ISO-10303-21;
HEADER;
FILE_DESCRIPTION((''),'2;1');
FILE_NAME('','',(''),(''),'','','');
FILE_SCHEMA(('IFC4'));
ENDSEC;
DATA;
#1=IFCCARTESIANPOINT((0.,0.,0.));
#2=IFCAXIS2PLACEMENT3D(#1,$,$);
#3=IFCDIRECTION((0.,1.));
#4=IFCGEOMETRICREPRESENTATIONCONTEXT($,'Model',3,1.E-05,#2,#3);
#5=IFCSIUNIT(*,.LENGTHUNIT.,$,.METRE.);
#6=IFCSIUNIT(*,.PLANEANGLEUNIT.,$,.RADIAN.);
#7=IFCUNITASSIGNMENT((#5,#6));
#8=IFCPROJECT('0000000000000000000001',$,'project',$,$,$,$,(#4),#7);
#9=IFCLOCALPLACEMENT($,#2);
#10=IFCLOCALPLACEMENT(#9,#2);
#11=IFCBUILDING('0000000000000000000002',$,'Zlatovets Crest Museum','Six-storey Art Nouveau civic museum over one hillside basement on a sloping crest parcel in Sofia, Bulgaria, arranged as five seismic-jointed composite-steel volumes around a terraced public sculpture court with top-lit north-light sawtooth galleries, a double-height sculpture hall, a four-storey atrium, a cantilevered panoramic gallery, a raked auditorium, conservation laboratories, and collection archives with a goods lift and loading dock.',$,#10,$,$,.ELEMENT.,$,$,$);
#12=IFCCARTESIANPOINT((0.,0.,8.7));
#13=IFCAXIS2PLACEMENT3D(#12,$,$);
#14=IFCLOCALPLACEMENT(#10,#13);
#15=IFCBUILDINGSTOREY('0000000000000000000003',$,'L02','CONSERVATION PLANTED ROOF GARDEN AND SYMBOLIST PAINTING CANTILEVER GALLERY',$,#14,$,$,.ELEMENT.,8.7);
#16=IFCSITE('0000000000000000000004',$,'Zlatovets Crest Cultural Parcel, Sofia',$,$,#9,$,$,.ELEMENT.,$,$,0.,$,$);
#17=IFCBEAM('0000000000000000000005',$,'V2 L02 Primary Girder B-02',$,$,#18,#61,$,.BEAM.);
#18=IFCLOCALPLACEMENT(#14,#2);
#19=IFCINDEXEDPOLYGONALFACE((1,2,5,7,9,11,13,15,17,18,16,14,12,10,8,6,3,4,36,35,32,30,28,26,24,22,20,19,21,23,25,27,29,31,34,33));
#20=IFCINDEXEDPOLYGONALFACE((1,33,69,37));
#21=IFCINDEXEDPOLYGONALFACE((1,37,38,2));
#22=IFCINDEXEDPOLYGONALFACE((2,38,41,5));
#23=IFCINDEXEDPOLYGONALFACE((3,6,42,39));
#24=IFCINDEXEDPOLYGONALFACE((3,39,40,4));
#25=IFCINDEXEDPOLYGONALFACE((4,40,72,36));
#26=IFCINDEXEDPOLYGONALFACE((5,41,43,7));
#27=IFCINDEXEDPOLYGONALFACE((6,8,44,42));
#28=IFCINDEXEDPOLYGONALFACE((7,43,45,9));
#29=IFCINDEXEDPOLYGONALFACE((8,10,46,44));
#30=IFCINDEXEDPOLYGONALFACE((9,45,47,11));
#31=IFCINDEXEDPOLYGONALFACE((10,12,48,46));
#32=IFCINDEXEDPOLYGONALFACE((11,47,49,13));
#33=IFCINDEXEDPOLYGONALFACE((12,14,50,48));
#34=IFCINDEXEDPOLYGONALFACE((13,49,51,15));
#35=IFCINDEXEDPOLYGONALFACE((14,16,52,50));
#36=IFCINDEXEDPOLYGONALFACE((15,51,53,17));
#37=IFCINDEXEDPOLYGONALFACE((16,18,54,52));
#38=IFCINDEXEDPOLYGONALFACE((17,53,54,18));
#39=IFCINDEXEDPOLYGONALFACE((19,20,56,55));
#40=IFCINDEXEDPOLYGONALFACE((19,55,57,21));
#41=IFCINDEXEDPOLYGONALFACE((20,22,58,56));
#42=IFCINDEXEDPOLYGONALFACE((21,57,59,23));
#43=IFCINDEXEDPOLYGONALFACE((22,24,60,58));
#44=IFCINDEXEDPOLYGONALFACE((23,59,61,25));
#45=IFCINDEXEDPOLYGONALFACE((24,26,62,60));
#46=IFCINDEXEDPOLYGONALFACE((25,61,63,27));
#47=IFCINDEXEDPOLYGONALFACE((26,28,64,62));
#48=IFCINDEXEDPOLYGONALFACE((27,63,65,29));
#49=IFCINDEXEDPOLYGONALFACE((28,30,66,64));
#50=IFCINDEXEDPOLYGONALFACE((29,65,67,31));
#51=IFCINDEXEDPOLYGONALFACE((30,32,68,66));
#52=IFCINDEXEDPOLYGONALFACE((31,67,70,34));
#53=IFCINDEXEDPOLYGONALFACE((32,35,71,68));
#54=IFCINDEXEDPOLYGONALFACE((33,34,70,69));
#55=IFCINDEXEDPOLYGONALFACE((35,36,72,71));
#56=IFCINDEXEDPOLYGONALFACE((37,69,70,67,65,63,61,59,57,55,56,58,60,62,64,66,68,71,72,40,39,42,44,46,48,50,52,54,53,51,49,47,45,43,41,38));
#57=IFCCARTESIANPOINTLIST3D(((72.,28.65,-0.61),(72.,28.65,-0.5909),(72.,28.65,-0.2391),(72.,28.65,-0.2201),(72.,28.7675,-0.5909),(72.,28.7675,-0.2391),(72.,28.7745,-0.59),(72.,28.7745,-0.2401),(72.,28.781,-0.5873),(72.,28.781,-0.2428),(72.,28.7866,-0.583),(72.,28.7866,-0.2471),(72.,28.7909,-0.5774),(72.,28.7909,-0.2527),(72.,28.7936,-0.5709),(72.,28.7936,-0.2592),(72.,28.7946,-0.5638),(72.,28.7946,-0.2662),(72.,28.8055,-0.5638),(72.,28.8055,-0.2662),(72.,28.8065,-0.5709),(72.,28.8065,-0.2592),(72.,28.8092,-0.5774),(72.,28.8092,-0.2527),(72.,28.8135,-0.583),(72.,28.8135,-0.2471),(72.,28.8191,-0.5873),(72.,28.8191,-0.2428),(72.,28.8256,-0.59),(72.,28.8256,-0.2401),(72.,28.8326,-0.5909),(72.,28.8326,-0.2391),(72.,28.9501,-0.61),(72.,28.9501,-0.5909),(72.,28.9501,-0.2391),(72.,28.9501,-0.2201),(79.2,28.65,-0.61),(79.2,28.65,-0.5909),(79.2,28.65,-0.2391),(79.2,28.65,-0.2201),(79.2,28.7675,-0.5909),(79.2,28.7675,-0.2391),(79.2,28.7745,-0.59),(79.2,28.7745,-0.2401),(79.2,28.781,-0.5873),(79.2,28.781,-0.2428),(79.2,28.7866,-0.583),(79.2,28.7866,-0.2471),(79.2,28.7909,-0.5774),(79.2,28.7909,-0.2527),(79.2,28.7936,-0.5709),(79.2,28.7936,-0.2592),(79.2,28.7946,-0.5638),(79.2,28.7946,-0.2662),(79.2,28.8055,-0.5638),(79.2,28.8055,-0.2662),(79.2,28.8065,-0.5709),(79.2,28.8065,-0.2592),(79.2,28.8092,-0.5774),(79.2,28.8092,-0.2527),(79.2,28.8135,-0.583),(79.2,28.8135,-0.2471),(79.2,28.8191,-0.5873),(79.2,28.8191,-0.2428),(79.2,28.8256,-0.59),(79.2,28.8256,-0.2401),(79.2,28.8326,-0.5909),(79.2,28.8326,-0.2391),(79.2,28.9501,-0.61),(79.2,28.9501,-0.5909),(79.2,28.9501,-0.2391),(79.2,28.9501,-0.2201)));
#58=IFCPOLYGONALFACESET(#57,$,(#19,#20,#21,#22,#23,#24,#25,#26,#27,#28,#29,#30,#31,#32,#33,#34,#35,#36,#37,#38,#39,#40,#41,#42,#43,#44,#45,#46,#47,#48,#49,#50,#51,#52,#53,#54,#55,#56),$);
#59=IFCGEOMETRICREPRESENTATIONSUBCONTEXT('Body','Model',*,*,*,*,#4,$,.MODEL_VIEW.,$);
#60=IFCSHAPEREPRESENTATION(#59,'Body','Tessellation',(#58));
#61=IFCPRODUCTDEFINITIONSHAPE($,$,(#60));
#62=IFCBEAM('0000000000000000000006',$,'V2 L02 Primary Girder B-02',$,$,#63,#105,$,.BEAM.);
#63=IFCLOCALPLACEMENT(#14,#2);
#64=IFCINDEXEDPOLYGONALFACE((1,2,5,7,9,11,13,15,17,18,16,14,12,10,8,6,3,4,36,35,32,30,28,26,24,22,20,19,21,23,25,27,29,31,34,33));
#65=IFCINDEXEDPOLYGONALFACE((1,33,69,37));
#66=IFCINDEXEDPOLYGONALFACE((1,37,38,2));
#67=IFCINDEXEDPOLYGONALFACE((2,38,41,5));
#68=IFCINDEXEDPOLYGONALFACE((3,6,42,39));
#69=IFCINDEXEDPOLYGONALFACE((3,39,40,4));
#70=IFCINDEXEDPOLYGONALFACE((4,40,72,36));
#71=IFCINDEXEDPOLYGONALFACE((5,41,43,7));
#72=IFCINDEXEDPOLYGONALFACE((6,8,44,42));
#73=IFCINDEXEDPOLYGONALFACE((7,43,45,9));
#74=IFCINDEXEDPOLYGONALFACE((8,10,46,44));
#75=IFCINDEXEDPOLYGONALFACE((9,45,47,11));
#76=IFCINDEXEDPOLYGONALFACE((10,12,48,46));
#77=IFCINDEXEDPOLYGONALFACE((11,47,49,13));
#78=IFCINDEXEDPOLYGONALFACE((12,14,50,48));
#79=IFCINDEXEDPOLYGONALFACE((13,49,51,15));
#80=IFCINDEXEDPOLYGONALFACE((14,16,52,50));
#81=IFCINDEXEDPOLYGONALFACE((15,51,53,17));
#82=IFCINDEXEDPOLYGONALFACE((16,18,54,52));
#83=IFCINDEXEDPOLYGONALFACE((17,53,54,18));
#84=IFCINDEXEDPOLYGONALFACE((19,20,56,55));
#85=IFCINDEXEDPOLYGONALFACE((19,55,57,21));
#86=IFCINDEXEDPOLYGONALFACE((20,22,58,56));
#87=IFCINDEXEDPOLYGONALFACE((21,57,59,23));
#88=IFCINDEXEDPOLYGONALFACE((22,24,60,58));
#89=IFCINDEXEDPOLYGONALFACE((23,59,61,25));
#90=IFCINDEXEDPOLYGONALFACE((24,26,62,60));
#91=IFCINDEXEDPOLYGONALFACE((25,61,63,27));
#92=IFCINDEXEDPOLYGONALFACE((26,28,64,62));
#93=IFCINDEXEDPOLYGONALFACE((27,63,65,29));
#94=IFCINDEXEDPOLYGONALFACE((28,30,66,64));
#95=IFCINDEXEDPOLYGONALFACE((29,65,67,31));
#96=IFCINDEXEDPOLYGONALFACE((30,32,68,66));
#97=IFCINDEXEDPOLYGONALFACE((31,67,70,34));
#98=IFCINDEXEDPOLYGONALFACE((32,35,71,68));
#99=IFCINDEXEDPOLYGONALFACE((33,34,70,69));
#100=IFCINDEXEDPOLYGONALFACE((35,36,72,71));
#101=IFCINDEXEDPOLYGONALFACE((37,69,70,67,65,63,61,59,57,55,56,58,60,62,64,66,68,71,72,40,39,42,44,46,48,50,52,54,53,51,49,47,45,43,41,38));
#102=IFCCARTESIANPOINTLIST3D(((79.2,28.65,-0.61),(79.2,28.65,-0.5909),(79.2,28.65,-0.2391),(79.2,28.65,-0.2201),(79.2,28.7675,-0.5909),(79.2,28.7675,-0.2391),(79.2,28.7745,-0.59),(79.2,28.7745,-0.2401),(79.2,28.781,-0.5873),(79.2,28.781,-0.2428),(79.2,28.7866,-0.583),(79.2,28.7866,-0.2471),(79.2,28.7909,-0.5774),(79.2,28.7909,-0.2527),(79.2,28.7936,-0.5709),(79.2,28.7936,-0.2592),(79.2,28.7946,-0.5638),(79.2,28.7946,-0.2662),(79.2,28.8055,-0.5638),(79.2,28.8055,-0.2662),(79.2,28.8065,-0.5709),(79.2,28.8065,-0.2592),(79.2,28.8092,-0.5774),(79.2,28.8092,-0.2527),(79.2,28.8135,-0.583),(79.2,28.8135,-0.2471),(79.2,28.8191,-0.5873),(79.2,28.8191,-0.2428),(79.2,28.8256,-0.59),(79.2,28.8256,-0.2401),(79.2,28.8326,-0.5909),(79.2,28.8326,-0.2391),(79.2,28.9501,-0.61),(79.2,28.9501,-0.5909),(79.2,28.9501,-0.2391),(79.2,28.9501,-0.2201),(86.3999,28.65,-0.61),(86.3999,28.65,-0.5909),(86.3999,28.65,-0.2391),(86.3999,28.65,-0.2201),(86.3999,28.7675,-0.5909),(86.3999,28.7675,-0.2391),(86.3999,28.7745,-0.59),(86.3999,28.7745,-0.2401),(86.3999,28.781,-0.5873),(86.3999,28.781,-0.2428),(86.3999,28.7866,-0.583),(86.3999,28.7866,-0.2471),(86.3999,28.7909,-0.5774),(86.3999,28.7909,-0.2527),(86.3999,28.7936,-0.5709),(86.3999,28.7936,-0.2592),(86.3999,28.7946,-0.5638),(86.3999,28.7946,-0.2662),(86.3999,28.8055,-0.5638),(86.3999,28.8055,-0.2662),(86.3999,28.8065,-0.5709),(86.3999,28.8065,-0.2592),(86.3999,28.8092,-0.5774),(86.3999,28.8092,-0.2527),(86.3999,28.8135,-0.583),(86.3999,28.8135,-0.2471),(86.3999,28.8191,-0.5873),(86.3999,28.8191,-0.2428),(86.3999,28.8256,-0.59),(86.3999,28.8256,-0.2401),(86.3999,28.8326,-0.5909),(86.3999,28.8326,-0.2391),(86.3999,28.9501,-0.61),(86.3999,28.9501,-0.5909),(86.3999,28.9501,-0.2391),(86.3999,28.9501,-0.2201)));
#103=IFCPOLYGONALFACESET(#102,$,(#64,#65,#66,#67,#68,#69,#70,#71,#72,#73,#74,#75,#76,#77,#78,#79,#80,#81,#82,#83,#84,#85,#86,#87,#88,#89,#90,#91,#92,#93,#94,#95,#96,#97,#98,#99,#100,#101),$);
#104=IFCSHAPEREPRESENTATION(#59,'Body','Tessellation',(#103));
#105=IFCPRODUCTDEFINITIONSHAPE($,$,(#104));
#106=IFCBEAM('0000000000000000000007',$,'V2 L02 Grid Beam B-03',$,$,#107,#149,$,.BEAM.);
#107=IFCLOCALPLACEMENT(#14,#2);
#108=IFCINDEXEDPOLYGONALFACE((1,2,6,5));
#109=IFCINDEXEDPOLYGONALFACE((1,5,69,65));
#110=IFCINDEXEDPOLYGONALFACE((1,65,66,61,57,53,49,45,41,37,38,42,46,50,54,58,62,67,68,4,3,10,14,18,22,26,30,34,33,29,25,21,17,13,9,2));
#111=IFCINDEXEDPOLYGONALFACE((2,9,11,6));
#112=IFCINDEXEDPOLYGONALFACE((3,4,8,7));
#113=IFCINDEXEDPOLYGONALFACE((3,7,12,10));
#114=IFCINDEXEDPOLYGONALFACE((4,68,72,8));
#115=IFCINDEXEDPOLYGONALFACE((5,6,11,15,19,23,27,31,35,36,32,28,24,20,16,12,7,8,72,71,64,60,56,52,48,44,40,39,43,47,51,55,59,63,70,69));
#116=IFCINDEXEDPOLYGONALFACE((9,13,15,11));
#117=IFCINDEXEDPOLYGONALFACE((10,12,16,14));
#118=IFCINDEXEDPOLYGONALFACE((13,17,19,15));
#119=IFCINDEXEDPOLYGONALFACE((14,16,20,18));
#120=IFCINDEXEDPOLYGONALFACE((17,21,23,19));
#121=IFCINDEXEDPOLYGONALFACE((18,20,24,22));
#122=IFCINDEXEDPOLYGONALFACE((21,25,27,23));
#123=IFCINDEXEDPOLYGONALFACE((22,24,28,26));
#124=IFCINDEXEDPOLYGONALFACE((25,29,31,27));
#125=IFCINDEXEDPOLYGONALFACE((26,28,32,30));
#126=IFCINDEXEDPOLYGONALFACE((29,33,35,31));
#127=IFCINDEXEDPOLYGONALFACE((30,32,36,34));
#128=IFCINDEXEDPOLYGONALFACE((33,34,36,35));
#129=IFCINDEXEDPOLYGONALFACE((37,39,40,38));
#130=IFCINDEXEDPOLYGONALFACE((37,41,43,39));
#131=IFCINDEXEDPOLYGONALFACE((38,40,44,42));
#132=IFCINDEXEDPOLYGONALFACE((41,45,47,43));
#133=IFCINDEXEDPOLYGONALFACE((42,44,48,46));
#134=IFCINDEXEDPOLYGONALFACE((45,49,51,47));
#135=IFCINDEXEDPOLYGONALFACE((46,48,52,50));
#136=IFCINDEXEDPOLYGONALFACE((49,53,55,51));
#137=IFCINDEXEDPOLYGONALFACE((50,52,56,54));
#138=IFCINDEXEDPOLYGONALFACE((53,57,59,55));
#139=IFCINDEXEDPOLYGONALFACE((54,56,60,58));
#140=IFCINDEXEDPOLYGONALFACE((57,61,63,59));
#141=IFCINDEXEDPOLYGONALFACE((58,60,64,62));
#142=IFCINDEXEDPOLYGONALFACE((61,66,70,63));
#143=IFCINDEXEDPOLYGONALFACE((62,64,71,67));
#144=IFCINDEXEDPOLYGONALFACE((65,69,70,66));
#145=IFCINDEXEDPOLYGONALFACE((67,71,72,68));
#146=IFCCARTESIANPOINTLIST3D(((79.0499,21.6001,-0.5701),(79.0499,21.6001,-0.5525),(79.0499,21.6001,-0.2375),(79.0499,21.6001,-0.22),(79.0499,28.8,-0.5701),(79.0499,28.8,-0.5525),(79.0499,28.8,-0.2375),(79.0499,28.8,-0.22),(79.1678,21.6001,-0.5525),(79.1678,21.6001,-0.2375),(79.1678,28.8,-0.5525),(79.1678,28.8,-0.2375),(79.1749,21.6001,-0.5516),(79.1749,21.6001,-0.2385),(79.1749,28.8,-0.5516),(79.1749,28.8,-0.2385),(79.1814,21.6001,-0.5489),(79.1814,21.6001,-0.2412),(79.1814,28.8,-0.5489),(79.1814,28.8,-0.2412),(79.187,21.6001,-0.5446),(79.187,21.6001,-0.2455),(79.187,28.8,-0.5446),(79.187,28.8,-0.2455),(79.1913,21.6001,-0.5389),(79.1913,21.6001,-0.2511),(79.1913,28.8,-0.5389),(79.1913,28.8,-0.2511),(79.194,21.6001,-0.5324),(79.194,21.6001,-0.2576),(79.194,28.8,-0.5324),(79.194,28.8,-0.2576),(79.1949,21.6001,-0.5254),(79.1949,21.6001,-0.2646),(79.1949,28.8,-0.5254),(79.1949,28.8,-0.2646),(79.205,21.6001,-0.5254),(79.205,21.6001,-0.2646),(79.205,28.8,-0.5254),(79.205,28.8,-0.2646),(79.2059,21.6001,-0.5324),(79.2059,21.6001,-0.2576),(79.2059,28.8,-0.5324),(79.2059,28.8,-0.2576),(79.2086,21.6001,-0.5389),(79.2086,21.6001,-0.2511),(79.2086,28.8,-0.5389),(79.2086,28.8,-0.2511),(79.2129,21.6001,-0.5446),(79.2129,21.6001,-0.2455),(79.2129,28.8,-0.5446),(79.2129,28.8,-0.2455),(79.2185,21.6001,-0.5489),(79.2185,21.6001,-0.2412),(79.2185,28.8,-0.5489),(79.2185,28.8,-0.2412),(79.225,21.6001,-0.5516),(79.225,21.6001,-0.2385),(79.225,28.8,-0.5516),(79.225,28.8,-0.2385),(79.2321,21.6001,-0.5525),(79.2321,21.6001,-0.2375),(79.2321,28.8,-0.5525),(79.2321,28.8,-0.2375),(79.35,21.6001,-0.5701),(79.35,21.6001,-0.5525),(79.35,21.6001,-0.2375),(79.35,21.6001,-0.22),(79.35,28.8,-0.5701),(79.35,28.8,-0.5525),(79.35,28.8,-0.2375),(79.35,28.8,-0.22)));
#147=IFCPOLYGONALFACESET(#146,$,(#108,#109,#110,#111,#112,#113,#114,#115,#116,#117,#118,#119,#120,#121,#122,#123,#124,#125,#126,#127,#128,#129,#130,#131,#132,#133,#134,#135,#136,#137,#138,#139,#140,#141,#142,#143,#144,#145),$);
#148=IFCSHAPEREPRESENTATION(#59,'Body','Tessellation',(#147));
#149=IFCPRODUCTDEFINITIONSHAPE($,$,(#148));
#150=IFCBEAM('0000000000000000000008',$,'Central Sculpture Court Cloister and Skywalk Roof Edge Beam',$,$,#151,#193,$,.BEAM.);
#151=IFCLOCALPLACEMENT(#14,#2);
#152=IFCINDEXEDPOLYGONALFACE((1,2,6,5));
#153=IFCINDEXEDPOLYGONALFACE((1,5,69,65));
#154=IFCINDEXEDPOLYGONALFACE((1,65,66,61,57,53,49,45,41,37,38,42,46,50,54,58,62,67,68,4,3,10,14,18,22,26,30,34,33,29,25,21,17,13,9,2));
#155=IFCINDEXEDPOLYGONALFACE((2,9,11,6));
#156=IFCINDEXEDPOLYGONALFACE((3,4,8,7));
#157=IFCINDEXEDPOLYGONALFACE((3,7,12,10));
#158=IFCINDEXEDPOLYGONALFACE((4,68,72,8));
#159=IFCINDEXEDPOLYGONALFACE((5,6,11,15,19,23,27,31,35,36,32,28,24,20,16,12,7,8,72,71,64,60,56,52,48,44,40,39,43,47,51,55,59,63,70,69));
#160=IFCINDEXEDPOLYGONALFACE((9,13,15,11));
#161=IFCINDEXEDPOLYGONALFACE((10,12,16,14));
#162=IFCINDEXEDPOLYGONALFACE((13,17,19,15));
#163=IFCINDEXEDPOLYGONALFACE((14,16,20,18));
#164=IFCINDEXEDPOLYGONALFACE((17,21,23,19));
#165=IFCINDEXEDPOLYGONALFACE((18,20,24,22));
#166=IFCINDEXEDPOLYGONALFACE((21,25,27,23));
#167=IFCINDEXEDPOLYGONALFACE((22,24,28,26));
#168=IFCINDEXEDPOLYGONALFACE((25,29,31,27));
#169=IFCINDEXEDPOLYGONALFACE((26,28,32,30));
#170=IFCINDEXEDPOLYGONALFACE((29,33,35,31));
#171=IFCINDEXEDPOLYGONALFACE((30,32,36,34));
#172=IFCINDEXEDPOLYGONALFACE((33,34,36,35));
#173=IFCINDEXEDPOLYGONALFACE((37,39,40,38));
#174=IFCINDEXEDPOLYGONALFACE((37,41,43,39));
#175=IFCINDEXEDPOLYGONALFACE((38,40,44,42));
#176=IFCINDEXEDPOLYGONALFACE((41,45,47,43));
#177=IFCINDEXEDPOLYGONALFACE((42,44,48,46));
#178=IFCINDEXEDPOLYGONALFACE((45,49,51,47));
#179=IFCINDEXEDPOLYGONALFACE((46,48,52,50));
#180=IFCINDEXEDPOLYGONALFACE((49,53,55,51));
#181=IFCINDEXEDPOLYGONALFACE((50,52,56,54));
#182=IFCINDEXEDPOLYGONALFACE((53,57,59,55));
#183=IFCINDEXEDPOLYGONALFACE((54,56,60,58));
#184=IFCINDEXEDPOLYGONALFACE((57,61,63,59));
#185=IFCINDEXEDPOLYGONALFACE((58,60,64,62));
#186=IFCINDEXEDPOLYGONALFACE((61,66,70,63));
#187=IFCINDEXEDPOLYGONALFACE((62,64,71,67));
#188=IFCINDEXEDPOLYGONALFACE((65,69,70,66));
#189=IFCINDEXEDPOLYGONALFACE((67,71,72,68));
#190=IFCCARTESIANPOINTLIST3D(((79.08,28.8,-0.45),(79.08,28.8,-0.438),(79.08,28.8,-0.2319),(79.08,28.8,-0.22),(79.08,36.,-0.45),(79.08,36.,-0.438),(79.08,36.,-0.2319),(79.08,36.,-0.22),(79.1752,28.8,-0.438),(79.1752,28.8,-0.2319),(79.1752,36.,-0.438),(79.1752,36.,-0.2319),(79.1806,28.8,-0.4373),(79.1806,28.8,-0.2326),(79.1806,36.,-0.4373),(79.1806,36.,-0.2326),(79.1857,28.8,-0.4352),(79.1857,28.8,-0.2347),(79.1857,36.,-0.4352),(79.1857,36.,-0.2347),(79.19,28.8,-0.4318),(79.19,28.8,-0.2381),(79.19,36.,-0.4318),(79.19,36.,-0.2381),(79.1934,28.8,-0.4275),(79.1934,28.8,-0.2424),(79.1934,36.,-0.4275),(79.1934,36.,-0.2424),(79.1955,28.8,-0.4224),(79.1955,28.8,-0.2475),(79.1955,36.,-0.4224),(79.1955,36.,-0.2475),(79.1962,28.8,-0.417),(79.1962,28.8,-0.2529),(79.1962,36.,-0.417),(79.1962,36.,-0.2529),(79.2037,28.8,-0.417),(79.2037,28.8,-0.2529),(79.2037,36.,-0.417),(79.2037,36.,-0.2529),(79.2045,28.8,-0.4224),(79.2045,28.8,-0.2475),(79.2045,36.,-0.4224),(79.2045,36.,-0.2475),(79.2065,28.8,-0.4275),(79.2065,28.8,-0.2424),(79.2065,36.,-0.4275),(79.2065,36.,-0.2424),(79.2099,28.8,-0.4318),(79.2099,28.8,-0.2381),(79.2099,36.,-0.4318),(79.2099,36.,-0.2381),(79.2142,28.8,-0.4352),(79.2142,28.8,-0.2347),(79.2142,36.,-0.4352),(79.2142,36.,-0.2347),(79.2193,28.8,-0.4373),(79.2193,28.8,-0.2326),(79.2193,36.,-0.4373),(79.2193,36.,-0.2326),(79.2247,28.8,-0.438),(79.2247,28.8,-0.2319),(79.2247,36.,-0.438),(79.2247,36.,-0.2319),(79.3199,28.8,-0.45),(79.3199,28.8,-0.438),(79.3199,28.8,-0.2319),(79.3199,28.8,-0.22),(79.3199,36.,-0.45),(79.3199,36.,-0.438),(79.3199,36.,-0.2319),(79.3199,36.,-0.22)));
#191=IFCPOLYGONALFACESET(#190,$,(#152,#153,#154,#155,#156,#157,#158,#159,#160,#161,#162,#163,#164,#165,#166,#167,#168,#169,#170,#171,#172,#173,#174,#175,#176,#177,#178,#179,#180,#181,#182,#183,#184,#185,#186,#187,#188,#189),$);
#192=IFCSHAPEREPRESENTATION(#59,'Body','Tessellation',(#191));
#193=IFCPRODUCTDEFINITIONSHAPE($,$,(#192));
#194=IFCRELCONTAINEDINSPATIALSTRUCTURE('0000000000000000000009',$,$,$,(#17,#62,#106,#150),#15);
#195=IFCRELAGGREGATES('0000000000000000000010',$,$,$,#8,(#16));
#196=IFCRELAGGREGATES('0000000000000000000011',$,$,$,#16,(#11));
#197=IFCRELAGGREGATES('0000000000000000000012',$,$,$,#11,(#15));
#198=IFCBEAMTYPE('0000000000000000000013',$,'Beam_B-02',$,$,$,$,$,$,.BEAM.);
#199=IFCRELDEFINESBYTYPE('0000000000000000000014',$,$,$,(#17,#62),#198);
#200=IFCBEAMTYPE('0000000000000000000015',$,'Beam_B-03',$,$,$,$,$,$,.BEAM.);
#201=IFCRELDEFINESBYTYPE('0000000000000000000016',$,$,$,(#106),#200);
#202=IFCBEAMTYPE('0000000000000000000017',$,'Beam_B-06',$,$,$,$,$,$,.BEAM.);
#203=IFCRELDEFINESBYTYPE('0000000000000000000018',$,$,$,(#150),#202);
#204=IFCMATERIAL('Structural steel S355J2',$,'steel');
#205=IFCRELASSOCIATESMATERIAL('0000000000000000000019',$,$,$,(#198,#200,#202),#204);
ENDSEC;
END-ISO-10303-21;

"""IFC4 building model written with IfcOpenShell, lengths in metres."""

from ifc_helpers import new_model, si_unit, direction, frame, origin, origin_2d, place, context, subcontext, project, spatial, i_section, extrude, material, material_profile, profile_set, type_object, element, save


model = new_model("IFC4")

# Units and contexts
model_context = context("Model", 3, precision=1e-05, world=origin(), true_north=direction((0.0, 1.0)))
body_context = subcontext(model_context, "Body", "Model", "MODEL_VIEW")
ifc_project = project(units=[si_unit("LENGTHUNIT", "METRE"), si_unit("PLANEANGLEUNIT", "RADIAN")], contexts=[model_context])

# Site, building, storey
site_placement = place(None, origin())
site = spatial("IfcSite", under=ifc_project, at=site_placement, Name="Zlatovets Crest Cultural Parcel, Sofia", CompositionType="ELEMENT", RefElevation=0.0)
building_placement = place(site_placement, origin())
building = spatial("IfcBuilding", under=site, at=building_placement, Name="Zlatovets Crest Museum", Description="Six-storey Art Nouveau civic museum over one hillside basement on a sloping crest parcel in Sofia, Bulgaria, arranged as five seismic-jointed composite-steel volumes around a terraced public sculpture court with top-lit north-light sawtooth galleries, a double-height sculpture hall, a four-storey atrium, a cantilevered panoramic gallery, a raked auditorium, conservation laboratories, and collection archives with a goods lift and loading dock.", CompositionType="ELEMENT")
storey_placement = place(building_placement, frame((0.0, 0.0, 8.7)))
storey = spatial("IfcBuildingStorey", under=building, at=storey_placement, Name="L02", Description="CONSERVATION PLANTED ROOF GARDEN AND SYMBOLIST PAINTING CANTILEVER GALLERY", CompositionType="ELEMENT", Elevation=8.7)

# Shared definitions
ifc_material_1 = material(Name="Structural steel S355J2", Category="steel")

# Beams
ifc_material_profile_1 = material_profile(ifc_material_1, i_section(OverallWidth=0.3, OverallDepth=0.3899, WebThickness=0.011, FlangeThickness=0.019, FilletRadius=0.0271, at=origin_2d()), Name="HEA 400")
ifc_profile_set_1 = profile_set([ifc_material_profile_1], Name="Structural steel S355J2")
beam_type_1 = type_object("IfcBeamType", Name="Beam_B-02", PredefinedType="BEAM", material=ifc_profile_set_1)
for number, where, z_axis, x_axis, name in (
    (1, (72.0, 28.8, -0.415), (1.0, 0.0, 0.0), (0.0, 1.0, 0.0), "V2 L02 Primary Girder B-02"),
    (2, (79.2, 28.8, -0.415), (1.0, 0.0, 0.0), (0.0, 1.0, 0.0), "V2 L02 Primary Girder B-02"),
):
    element("IfcBeam", number, at=place(storey_placement, frame(where, z_axis=z_axis, x_axis=x_axis)), inside=storey, type_object=beam_type_1, Name=name, PredefinedType="BEAM", context=body_context, shape_type="SweptSolid", body=[
        extrude(i_section(OverallWidth=0.3, OverallDepth=0.3899, WebThickness=0.011, FlangeThickness=0.019, FilletRadius=0.0271, at=origin_2d()), origin(), (0.0, 0.0, 1.0), 7.2),
    ])
ifc_material_profile_2 = material_profile(ifc_material_1, i_section(OverallWidth=0.3, OverallDepth=0.3501, WebThickness=0.01, FlangeThickness=0.0176, FilletRadius=0.0271, at=origin_2d()), Name="HEA 360")
ifc_profile_set_2 = profile_set([ifc_material_profile_2], Name="Structural steel S355J2")
beam_type_2 = type_object("IfcBeamType", Name="Beam_B-03", PredefinedType="BEAM", material=ifc_profile_set_2)
beam_1_placement = place(storey_placement, frame((79.2, 21.6001, -0.395), z_axis=(0.0, 1.0, 0.0), x_axis=(-1.0, 0.0, 0.0)))
element("IfcBeam", 3, at=beam_1_placement, inside=storey, type_object=beam_type_2, Name="V2 L02 Grid Beam B-03", PredefinedType="BEAM", context=body_context, shape_type="SweptSolid", body=[
    extrude(i_section(OverallWidth=0.3, OverallDepth=0.3501, WebThickness=0.01, FlangeThickness=0.0176, FilletRadius=0.0271, at=origin_2d()), origin(), (0.0, 0.0, 1.0), 7.2),
])
ifc_material_profile_3 = material_profile(ifc_material_1, i_section(OverallWidth=0.24, OverallDepth=0.23, WebThickness=0.0076, FlangeThickness=0.012, FilletRadius=0.021, at=origin_2d()), Name="HEA 240")
ifc_profile_set_3 = profile_set([ifc_material_profile_3], Name="Structural steel S355J2")
beam_type_3 = type_object("IfcBeamType", Name="Beam_B-06", PredefinedType="BEAM", material=ifc_profile_set_3)
beam_2_placement = place(storey_placement, frame((79.2, 28.8, -0.335), z_axis=(0.0, 1.0, 0.0), x_axis=(-1.0, 0.0, 0.0)))
element("IfcBeam", 4, at=beam_2_placement, inside=storey, type_object=beam_type_3, Name="Central Sculpture Court Cloister and Skywalk Roof Edge Beam", PredefinedType="BEAM", context=body_context, shape_type="SweptSolid", body=[
    extrude(i_section(OverallWidth=0.24, OverallDepth=0.23, WebThickness=0.0076, FlangeThickness=0.012, FilletRadius=0.021, at=origin_2d()), origin(), (0.0, 0.0, 1.0), 7.2),
])

save(model, "model.ifc")
